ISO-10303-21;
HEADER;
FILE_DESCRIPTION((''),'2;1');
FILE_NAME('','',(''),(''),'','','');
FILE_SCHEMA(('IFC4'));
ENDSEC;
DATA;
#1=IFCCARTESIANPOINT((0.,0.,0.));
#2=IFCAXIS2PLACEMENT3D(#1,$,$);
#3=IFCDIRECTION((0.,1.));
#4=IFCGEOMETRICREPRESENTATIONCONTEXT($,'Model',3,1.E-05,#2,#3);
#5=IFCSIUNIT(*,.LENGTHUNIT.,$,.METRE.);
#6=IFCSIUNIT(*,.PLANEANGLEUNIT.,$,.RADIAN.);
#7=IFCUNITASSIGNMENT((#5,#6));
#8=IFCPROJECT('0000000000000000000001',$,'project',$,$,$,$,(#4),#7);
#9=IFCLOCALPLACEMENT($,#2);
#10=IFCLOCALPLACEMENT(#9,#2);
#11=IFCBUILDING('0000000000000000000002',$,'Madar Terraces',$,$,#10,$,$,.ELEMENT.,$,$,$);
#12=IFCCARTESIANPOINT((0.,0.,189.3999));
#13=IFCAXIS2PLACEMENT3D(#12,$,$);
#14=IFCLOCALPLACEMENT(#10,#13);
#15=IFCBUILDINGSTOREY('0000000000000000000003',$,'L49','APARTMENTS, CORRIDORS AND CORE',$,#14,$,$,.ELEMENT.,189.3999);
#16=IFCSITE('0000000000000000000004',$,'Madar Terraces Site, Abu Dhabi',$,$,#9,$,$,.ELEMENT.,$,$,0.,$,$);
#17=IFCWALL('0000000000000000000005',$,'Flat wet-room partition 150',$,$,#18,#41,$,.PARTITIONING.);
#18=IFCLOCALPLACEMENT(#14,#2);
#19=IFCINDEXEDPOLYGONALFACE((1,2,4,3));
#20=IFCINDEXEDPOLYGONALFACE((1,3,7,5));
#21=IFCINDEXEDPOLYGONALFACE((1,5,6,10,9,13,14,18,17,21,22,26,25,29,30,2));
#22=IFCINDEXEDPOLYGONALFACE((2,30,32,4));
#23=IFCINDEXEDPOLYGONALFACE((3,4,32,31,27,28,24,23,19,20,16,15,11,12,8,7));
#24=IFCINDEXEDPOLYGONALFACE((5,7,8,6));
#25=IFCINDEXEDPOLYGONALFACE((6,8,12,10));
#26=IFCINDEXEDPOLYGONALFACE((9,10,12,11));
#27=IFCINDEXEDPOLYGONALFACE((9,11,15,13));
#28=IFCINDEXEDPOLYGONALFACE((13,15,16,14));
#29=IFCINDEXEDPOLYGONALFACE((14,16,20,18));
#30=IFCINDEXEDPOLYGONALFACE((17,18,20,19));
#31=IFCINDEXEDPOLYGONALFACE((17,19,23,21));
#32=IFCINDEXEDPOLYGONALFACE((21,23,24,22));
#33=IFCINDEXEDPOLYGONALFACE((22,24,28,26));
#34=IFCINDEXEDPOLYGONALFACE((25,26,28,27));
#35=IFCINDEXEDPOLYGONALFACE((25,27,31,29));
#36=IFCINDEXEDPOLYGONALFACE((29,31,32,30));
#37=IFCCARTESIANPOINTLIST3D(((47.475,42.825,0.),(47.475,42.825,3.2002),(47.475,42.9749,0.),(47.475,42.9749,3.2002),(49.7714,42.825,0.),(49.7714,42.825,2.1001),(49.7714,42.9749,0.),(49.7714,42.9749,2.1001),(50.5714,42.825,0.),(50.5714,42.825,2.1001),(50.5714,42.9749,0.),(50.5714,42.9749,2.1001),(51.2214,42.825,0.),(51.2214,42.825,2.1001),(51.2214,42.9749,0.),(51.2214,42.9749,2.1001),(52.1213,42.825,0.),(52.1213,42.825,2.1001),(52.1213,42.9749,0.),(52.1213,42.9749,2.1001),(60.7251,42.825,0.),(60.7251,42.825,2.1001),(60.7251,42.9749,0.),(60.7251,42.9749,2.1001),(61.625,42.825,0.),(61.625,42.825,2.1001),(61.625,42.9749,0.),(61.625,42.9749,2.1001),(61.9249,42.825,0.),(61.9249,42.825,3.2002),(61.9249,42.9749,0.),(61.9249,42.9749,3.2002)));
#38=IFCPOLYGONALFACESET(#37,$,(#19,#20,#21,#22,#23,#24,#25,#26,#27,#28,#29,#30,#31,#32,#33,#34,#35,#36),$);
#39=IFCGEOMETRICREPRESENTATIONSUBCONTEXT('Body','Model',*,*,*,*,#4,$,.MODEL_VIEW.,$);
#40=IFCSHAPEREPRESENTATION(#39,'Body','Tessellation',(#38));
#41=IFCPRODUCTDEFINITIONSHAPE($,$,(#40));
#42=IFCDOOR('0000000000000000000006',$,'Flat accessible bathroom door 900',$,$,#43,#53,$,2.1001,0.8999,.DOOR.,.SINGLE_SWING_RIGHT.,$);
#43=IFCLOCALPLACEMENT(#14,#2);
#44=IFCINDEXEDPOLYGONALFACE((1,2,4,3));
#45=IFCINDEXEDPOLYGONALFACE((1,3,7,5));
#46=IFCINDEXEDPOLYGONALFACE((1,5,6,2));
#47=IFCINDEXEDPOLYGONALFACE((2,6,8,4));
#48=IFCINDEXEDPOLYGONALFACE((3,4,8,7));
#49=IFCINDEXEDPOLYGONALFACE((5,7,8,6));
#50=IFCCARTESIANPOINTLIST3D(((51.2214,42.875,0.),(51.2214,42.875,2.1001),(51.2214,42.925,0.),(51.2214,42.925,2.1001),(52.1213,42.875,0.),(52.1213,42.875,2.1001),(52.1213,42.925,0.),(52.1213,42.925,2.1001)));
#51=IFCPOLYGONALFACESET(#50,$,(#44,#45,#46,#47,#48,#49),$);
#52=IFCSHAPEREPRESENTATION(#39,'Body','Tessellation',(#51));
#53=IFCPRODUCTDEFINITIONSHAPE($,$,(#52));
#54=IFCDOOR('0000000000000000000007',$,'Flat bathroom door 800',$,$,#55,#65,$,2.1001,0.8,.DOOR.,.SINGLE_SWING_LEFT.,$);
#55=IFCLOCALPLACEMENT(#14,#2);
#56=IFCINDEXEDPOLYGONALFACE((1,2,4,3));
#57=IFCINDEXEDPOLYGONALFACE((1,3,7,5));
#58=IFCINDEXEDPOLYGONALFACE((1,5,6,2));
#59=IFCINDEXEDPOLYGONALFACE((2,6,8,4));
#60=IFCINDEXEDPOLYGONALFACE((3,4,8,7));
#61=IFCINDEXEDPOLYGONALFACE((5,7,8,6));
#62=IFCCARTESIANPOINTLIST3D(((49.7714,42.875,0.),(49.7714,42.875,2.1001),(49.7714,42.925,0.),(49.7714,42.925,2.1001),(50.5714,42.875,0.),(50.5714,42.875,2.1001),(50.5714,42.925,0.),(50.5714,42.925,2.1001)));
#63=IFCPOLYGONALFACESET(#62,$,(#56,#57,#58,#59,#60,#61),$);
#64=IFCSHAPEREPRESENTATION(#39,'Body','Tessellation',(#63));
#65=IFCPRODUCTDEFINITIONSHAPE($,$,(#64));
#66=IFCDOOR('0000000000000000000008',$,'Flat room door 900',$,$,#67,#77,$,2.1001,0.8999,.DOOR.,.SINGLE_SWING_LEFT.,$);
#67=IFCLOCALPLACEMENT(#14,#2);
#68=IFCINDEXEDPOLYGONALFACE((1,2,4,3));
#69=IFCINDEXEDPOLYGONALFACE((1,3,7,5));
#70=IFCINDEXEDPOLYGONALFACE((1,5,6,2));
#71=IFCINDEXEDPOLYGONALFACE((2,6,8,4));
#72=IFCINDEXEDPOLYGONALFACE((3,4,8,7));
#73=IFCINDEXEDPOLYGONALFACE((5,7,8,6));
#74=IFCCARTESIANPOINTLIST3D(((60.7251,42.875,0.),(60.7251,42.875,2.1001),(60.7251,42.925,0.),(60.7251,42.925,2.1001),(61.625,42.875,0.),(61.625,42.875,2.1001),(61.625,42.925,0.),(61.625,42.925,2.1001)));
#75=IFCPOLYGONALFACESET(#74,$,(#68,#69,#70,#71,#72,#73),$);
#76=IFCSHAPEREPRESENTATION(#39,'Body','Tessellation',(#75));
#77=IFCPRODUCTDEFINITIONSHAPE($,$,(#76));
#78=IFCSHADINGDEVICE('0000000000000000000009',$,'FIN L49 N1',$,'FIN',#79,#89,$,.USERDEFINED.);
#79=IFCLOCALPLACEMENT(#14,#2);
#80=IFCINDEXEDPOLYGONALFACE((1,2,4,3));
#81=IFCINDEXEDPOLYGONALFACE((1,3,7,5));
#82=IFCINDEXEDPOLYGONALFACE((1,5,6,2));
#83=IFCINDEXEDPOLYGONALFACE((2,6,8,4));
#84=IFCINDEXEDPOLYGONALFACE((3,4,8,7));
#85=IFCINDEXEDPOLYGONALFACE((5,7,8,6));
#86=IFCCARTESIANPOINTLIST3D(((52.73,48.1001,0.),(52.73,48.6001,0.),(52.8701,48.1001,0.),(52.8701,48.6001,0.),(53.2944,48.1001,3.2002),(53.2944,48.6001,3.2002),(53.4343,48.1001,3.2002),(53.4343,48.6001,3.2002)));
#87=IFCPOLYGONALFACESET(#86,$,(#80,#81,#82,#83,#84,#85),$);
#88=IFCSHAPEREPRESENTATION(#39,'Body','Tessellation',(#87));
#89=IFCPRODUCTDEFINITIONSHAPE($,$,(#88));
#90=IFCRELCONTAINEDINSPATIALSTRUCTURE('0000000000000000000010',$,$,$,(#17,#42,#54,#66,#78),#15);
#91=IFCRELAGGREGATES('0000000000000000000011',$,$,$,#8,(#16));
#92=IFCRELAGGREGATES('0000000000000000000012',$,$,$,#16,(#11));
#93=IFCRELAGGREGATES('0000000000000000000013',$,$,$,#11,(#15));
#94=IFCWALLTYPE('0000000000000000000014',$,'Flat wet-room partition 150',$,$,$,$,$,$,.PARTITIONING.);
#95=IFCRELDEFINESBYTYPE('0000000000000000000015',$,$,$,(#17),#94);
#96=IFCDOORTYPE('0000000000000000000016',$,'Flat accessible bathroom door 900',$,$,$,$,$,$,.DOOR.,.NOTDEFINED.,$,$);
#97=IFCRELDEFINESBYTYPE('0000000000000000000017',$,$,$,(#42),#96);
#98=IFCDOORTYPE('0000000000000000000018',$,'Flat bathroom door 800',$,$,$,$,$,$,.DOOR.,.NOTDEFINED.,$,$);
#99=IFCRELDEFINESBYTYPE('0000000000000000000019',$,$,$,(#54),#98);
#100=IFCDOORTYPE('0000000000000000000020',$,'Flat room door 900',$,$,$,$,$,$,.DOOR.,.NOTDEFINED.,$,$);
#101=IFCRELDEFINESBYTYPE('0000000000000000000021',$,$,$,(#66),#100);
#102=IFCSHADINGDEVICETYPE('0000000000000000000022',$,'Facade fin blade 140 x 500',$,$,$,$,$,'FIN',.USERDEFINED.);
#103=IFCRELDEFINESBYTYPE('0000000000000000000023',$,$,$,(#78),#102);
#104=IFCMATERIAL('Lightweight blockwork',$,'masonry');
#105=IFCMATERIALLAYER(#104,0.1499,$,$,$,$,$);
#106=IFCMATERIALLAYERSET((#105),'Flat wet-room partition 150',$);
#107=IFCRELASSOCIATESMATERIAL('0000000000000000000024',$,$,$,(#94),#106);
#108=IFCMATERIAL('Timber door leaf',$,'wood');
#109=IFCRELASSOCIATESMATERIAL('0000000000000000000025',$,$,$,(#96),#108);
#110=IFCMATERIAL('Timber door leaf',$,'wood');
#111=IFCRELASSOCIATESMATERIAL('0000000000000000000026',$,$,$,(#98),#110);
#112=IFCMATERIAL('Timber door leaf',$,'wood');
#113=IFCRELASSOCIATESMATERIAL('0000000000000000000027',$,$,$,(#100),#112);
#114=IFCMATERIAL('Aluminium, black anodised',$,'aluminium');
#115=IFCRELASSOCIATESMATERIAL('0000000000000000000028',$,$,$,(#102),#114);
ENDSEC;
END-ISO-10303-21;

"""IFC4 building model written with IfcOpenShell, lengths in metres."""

from ifc_helpers import new_model, si_unit, direction, frame, frame_2d, origin, place, context, subcontext, project, spatial, polyline, rectangle, outline, extrude, material, layer, layer_set, type_object, element, fill, save


model = new_model("IFC4")

# Units and contexts
model_context = context("Model", 3, precision=1e-05, world=origin(), true_north=direction((0.0, 1.0)))
body_context = subcontext(model_context, "Body", "Model", "MODEL_VIEW")
ifc_project = project(units=[si_unit("LENGTHUNIT", "METRE"), si_unit("PLANEANGLEUNIT", "RADIAN")], contexts=[model_context])

# Site, building, storey
site_placement = place(None, origin())
site = spatial("IfcSite", under=ifc_project, at=site_placement, Name="Madar Terraces Site, Abu Dhabi", CompositionType="ELEMENT", RefElevation=0.0)
building_placement = place(site_placement, origin())
building = spatial("IfcBuilding", under=site, at=building_placement, Name="Madar Terraces", CompositionType="ELEMENT")
storey_placement = place(building_placement, frame((0.0, 0.0, 189.3999)))
storey = spatial("IfcBuildingStorey", under=building, at=storey_placement, Name="L49", Description="APARTMENTS, CORRIDORS AND CORE", CompositionType="ELEMENT", Elevation=189.3999)

# Shared definitions
ifc_material_1 = material(Name="Lightweight blockwork", Category="masonry")
ifc_layer_1 = layer(ifc_material_1, 0.1499)
ifc_layer_set_1 = layer_set([ifc_layer_1], Name="Flat wet-room partition 150")
wall_type_1 = type_object("IfcWallType", Name="Flat wet-room partition 150", PredefinedType="PARTITIONING", material=ifc_layer_set_1)

# Wall, openings, doors
wall_1_placement = place(storey_placement, frame((61.925, 42.8999, 0.0), z_axis=(0.0, 0.0, 1.0), x_axis=(-1.0, 0.0, 0.0)))
wall_1 = element("IfcWall", 1, at=wall_1_placement, inside=storey, type_object=wall_type_1, Name="Flat wet-room partition 150", PredefinedType="PARTITIONING", context=body_context, shape_type="SweptSolid", body=[
    extrude(rectangle(XDim=14.45, YDim=0.1499, at=frame_2d((7.2251, 0.0))), origin(), (0.0, 0.0, 1.0), 3.2002),
])
opening_1_placement = place(wall_1_placement, frame((11.3538, 0.0, 0.0)))
opening_1 = element("IfcOpeningElement", 2, at=opening_1_placement, cuts=wall_1, PredefinedType="OPENING", context=body_context, shape_type="SweptSolid", body=[
    extrude(rectangle(XDim=0.8, YDim=2.1001, at=frame_2d((0.3999, 1.05))), frame((0.0, 0.085, 0.0), z_axis=(0.0, -1.0, 0.0), x_axis=(1.0, 0.0, 0.0)), (0.0, 0.0, 1.0), 0.1699),
])
opening_2_placement = place(wall_1_placement, frame((9.8037, 0.0, 0.0)))
opening_2 = element("IfcOpeningElement", 3, at=opening_2_placement, cuts=wall_1, PredefinedType="OPENING", context=body_context, shape_type="SweptSolid", body=[
    extrude(rectangle(XDim=0.8999, YDim=2.1001, at=frame_2d((0.45, 1.05))), frame((0.0, 0.085, 0.0), z_axis=(0.0, -1.0, 0.0), x_axis=(1.0, 0.0, 0.0)), (0.0, 0.0, 1.0), 0.1699),
])
opening_3_placement = place(wall_1_placement, frame((0.3, 0.0, 0.0)))
opening_3 = element("IfcOpeningElement", 4, at=opening_3_placement, cuts=wall_1, PredefinedType="OPENING", context=body_context, shape_type="SweptSolid", body=[
    extrude(rectangle(XDim=0.8999, YDim=2.1001, at=frame_2d((0.45, 1.05))), frame((0.0, 0.085, 0.0), z_axis=(0.0, -1.0, 0.0), x_axis=(1.0, 0.0, 0.0)), (0.0, 0.0, 1.0), 0.1699),
])
ifc_material_2 = material(Name="Timber door leaf", Category="wood")
door_type_1 = type_object("IfcDoorType", Name="Flat accessible bathroom door 900", OperationType="NOTDEFINED", PredefinedType="DOOR", material=ifc_material_2)
door_1_placement = place(opening_2_placement, origin())
door_1 = element("IfcDoor", 5, at=door_1_placement, inside=storey, type_object=door_type_1, Name="Flat accessible bathroom door 900", OperationType="SINGLE_SWING_RIGHT", OverallHeight=2.1001, OverallWidth=0.8999, PredefinedType="DOOR", context=body_context, shape_type="SweptSolid", body=[
    extrude(rectangle(XDim=0.8999, YDim=2.1001, at=frame_2d((0.45, 1.05))), frame((0.0, 0.0249, 0.0), z_axis=(0.0, -1.0, 0.0), x_axis=(1.0, 0.0, 0.0)), (0.0, 0.0, 1.0), 0.05),
])
fill(opening_2, door_1)
ifc_material_3 = material(Name="Timber door leaf", Category="wood")
door_type_2 = type_object("IfcDoorType", Name="Flat bathroom door 800", OperationType="NOTDEFINED", PredefinedType="DOOR", material=ifc_material_3)
door_2_placement = place(opening_1_placement, origin())
door_2 = element("IfcDoor", 6, at=door_2_placement, inside=storey, type_object=door_type_2, Name="Flat bathroom door 800", OperationType="SINGLE_SWING_LEFT", OverallHeight=2.1001, OverallWidth=0.8, PredefinedType="DOOR", context=body_context, shape_type="SweptSolid", body=[
    extrude(rectangle(XDim=0.8, YDim=2.1001, at=frame_2d((0.3999, 1.05))), frame((0.0, 0.0249, 0.0), z_axis=(0.0, -1.0, 0.0), x_axis=(1.0, 0.0, 0.0)), (0.0, 0.0, 1.0), 0.05),
])
fill(opening_1, door_2)
ifc_material_4 = material(Name="Timber door leaf", Category="wood")
door_type_3 = type_object("IfcDoorType", Name="Flat room door 900", OperationType="NOTDEFINED", PredefinedType="DOOR", material=ifc_material_4)
door_3_placement = place(opening_3_placement, origin())
door_3 = element("IfcDoor", 7, at=door_3_placement, inside=storey, type_object=door_type_3, Name="Flat room door 900", OperationType="SINGLE_SWING_LEFT", OverallHeight=2.1001, OverallWidth=0.8999, PredefinedType="DOOR", context=body_context, shape_type="SweptSolid", body=[
    extrude(rectangle(XDim=0.8999, YDim=2.1001, at=frame_2d((0.45, 1.05))), frame((0.0, 0.0249, 0.0), z_axis=(0.0, -1.0, 0.0), x_axis=(1.0, 0.0, 0.0)), (0.0, 0.0, 1.0), 0.05),
])
fill(opening_3, door_3)

# Shading device
ifc_material_5 = material(Name="Aluminium, black anodised", Category="aluminium")
shading_device_type = type_object("IfcShadingDeviceType", Name="Facade fin blade 140 x 500", ElementType="FIN", PredefinedType="USERDEFINED", material=ifc_material_5)
shading_device_placement = place(storey_placement, frame((52.8701, 48.3501, 0.0), z_axis=(0.0, 0.0, 1.0), x_axis=(-1.0, 0.0, 0.0)))
element("IfcShadingDevice", 8, at=shading_device_placement, inside=storey, type_object=shading_device_type, Name="FIN L49 N1", ObjectType="FIN", PredefinedType="USERDEFINED", context=body_context, shape_type="SweptSolid", body=[
    extrude(outline(polyline([(0.0, 0.0), (0.1401, 0.0), (-0.4243, 3.2002), (-0.5642, 3.2002), (0.0, 0.0)])), frame((0.0, 0.25, 0.0), z_axis=(0.0, -1.0, 0.0), x_axis=(1.0, 0.0, 0.0)), (0.0, 0.0, 1.0), 0.5),
])

save(model, "model.ifc")
